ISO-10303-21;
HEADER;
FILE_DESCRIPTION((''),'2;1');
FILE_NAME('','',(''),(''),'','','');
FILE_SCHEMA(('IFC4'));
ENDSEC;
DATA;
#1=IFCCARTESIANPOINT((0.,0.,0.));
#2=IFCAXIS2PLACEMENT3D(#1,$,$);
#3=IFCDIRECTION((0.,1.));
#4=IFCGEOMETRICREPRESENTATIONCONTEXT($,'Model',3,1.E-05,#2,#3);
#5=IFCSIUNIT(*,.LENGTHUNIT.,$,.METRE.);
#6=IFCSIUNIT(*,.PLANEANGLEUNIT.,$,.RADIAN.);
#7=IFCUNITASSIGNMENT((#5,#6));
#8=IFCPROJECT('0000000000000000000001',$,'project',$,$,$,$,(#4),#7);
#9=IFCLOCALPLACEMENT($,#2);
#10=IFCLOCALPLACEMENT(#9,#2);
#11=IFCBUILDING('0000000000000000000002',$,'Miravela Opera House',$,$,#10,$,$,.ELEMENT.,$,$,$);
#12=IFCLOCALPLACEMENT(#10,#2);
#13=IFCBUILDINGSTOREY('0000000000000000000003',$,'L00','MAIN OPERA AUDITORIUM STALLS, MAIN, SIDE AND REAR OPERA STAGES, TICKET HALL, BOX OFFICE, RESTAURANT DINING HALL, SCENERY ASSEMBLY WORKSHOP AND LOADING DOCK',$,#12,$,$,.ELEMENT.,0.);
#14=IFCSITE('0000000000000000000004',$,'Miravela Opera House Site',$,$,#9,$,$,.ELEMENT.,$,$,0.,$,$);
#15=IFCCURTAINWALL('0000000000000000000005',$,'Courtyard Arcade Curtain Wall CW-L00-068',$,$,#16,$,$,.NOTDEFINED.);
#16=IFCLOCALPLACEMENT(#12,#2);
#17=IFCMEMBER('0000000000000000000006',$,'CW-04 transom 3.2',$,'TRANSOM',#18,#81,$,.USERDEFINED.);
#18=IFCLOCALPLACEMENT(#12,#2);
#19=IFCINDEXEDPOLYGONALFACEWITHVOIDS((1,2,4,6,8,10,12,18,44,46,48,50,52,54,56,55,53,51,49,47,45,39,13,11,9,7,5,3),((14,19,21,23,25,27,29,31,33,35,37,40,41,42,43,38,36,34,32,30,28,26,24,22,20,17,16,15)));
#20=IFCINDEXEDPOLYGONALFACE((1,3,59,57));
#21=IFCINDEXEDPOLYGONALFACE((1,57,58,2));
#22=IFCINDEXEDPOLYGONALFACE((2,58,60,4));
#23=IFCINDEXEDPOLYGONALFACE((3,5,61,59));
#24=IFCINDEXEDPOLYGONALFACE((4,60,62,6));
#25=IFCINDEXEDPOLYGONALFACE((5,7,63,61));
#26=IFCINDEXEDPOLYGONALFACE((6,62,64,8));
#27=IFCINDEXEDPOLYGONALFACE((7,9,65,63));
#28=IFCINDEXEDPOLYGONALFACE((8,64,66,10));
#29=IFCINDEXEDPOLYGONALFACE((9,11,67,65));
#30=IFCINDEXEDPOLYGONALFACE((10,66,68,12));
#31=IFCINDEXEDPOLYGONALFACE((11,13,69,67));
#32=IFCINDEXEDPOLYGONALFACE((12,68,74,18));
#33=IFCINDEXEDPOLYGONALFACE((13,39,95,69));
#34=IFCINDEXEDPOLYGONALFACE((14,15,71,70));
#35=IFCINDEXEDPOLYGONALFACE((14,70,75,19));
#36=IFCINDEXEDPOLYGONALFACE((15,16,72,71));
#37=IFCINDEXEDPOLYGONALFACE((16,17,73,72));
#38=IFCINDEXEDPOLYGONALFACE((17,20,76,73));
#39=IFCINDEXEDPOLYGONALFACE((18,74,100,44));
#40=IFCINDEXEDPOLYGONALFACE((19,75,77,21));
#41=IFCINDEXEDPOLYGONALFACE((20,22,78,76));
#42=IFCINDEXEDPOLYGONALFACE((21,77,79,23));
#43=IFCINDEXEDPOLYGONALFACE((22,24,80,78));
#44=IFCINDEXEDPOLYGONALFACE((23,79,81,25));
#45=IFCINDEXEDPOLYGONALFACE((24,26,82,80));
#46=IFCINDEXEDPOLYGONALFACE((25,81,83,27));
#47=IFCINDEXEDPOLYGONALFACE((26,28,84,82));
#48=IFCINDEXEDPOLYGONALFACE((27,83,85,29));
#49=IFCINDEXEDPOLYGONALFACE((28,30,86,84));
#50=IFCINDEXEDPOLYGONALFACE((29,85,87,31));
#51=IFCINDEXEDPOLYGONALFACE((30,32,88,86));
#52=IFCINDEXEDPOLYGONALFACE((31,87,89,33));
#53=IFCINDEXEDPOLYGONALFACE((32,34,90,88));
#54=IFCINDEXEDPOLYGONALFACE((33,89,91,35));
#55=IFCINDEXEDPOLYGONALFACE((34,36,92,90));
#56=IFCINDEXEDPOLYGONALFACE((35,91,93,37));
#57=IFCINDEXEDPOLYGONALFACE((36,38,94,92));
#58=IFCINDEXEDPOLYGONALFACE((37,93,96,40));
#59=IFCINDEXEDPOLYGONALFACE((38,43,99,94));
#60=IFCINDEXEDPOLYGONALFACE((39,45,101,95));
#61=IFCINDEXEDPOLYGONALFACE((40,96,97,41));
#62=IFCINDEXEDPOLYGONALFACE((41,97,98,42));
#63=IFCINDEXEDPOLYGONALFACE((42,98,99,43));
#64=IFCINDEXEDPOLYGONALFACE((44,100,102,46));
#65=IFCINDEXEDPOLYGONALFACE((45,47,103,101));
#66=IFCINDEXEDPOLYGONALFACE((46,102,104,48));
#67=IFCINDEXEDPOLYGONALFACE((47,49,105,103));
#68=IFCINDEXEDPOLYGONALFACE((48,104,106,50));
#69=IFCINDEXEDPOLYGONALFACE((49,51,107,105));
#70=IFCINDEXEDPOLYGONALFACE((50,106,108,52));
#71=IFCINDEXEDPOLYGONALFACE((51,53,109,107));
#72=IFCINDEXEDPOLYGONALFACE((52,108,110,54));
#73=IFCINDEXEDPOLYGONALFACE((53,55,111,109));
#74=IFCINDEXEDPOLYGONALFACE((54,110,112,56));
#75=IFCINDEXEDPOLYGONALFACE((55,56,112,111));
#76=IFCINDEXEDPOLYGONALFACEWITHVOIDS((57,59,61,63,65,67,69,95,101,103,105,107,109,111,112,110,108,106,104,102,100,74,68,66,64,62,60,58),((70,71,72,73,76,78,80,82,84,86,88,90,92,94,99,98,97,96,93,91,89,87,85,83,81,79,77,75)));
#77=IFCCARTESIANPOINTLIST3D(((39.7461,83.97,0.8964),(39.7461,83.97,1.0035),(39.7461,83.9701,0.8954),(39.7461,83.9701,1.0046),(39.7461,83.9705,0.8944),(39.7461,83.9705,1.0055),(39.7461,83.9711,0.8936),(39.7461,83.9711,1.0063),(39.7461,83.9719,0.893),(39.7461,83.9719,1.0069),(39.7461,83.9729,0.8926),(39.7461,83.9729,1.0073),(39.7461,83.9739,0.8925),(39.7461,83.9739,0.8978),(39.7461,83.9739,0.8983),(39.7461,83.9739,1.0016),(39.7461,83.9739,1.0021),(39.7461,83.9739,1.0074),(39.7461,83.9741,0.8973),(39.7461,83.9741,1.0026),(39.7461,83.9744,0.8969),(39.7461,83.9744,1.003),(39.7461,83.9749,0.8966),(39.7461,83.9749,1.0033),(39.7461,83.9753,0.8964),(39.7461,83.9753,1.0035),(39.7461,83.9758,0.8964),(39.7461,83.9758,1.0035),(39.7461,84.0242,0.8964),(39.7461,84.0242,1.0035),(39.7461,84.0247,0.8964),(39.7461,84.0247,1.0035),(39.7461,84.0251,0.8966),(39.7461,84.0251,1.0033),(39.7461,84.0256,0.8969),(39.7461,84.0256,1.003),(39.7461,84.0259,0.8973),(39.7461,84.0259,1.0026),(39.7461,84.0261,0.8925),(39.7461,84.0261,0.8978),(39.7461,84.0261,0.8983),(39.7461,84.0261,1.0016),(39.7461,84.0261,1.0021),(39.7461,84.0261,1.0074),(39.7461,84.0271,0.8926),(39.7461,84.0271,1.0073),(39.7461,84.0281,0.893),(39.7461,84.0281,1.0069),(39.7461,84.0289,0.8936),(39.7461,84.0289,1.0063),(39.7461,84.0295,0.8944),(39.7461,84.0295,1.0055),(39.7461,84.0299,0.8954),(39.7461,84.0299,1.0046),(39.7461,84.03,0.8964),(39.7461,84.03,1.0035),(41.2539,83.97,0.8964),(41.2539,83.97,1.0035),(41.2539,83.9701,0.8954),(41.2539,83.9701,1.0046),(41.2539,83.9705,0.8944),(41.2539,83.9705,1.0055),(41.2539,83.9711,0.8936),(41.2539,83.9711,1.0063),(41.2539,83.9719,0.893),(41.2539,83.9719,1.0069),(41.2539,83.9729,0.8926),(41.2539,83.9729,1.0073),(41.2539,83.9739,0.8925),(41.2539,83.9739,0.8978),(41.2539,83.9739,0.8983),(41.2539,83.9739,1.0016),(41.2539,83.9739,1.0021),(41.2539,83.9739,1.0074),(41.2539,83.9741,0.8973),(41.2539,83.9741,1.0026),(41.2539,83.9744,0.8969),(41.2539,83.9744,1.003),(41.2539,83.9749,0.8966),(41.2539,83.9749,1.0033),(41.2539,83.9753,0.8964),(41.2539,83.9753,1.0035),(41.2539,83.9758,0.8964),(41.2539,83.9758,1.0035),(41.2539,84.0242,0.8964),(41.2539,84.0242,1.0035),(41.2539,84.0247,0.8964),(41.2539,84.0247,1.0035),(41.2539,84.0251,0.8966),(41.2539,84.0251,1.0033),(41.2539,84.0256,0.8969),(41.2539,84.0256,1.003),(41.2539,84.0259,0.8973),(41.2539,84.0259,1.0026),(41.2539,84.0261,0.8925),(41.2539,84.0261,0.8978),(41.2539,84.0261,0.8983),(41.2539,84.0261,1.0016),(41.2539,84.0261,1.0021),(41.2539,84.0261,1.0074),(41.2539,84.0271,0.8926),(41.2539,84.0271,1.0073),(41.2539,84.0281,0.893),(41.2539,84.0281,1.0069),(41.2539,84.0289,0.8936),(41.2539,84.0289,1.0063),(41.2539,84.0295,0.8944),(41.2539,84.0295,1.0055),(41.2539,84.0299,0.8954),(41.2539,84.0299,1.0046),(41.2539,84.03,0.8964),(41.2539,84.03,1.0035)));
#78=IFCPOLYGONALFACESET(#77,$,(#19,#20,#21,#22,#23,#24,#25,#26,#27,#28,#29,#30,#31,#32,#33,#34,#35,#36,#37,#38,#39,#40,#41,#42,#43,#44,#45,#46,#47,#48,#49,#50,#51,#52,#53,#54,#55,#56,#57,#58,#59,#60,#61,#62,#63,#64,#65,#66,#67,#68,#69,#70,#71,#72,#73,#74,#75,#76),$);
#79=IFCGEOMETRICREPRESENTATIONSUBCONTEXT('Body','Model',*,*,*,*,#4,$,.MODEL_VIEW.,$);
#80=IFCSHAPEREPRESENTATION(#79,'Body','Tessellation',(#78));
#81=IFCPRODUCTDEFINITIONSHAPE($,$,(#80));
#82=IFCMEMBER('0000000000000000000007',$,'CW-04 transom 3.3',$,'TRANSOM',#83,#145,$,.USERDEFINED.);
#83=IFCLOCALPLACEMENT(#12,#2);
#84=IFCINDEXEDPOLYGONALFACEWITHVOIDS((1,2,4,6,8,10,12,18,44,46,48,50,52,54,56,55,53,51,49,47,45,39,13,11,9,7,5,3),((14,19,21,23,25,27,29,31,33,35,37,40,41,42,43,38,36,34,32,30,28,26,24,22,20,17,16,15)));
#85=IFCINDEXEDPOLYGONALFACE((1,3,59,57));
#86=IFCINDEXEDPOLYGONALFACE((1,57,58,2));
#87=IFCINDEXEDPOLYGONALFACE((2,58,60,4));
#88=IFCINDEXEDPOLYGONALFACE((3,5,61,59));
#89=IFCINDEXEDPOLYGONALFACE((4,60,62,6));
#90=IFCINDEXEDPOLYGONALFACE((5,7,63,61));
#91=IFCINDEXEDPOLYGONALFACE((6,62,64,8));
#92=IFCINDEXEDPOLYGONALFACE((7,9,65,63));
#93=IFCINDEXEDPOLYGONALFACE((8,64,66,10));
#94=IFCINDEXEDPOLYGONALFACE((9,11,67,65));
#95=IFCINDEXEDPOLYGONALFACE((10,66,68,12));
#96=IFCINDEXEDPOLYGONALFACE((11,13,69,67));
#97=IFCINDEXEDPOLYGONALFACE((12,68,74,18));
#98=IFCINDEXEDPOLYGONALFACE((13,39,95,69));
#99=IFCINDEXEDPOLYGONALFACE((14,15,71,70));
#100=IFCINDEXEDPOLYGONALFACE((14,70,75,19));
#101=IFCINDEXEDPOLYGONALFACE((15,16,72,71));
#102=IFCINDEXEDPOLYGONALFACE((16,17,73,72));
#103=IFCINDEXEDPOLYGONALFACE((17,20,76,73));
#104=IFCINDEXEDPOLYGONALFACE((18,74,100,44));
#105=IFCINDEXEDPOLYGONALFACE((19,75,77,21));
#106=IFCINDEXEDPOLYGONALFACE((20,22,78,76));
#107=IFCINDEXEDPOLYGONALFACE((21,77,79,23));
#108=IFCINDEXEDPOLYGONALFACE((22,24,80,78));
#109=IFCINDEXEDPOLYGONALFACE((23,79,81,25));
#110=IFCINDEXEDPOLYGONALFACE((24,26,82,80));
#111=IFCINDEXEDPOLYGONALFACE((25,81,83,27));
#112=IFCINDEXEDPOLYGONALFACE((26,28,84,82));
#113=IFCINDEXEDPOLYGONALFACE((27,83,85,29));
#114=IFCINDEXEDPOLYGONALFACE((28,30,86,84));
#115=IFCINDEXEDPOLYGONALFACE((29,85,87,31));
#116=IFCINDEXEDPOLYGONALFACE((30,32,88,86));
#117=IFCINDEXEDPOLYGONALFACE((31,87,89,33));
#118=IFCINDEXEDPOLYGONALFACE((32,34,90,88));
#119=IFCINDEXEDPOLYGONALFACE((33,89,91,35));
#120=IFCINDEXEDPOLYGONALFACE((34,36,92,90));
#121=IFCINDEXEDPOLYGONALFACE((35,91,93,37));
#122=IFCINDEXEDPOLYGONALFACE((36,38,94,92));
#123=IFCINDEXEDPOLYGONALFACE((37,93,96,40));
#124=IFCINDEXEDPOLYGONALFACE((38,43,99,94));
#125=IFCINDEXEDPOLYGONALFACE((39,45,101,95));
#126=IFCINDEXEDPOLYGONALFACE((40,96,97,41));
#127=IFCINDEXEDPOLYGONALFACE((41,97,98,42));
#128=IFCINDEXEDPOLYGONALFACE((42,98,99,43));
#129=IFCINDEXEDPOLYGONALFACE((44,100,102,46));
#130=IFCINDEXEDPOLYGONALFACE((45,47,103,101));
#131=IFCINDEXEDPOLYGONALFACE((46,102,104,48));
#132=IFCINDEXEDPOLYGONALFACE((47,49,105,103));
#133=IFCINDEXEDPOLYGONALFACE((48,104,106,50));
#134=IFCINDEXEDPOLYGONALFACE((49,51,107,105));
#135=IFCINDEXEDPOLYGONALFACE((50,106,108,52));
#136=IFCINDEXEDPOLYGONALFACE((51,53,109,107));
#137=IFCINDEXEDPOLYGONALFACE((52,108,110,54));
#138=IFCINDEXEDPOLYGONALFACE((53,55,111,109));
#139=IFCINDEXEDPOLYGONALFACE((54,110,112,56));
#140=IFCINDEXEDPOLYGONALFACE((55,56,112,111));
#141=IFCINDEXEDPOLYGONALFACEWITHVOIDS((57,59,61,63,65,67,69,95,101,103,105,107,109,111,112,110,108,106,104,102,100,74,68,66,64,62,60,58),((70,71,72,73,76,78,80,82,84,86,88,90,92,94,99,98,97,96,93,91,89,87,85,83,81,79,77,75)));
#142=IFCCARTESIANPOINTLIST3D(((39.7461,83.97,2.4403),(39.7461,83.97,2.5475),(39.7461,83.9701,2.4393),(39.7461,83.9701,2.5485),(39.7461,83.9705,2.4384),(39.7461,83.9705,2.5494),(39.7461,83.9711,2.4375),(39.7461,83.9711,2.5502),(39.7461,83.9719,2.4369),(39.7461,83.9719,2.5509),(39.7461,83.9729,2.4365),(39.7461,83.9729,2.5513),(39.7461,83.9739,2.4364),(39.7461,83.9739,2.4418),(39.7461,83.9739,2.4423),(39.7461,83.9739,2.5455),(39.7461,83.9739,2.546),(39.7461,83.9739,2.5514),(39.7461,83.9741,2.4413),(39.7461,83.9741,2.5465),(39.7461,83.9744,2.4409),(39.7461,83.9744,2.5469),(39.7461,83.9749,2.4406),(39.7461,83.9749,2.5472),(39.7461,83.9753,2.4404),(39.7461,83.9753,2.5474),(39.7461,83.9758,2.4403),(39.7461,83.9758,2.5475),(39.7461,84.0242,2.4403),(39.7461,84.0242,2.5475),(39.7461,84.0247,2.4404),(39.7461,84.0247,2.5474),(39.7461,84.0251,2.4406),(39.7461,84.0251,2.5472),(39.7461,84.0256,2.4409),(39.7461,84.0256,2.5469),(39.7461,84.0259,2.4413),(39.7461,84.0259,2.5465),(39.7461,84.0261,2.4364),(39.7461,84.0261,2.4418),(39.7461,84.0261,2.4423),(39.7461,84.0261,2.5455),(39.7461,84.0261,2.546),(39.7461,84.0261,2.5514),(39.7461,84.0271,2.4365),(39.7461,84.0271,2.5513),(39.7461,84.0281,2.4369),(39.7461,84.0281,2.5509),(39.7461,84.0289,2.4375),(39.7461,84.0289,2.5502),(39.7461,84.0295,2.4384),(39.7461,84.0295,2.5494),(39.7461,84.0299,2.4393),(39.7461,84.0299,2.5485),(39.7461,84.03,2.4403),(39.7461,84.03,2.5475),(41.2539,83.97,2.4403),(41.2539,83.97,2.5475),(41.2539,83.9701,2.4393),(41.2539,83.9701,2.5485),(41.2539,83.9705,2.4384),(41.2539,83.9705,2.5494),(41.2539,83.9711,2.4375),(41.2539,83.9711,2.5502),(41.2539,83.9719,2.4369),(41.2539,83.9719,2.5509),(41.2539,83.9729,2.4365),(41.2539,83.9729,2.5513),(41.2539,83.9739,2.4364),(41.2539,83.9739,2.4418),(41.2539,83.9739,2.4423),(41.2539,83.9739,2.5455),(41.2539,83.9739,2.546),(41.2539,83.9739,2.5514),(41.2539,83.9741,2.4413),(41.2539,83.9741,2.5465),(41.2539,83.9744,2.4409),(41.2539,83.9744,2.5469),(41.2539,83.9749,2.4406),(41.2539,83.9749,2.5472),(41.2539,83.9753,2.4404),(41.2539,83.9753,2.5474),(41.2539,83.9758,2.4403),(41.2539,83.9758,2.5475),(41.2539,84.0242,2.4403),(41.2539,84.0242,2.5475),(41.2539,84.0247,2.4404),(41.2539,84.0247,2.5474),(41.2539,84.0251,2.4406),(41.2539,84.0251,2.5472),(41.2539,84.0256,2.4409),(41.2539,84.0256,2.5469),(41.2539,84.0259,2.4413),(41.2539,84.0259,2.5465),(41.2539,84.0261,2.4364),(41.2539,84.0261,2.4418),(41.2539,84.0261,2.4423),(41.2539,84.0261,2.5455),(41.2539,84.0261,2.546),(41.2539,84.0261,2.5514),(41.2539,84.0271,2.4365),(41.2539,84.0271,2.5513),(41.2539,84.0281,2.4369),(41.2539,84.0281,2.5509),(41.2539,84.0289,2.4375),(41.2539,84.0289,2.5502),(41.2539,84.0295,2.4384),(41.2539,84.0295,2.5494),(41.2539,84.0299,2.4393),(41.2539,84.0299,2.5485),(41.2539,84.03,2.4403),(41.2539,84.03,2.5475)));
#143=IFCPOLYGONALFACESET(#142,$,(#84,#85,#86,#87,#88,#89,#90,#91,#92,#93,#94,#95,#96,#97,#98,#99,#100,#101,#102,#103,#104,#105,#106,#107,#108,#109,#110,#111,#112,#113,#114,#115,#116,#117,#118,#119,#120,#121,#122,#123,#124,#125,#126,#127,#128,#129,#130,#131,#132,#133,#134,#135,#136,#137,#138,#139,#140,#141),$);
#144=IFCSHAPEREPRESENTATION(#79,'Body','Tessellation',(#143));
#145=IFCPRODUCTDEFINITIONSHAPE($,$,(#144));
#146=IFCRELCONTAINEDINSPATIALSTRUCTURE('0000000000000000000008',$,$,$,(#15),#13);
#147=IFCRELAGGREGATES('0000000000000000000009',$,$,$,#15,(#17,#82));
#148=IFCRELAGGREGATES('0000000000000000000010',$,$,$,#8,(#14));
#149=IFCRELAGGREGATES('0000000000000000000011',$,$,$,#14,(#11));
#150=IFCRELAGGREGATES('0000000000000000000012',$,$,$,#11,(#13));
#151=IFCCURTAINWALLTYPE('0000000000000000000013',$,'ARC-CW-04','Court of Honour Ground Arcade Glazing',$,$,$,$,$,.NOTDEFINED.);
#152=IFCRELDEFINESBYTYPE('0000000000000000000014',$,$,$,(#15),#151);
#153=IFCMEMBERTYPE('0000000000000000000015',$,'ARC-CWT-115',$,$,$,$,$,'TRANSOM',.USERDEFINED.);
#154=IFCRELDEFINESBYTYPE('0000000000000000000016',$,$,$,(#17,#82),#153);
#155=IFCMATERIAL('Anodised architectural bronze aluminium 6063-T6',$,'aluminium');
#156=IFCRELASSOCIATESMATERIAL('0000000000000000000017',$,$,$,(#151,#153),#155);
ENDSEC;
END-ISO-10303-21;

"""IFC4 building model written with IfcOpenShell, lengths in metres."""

from ifc_helpers import new_model, si_unit, direction, frame, origin, origin_2d, place, context, subcontext, project, spatial, hollow_rectangle, extrude, material, material_profile, profile_set, type_object, element, aggregate, save


model = new_model("IFC4")

# Units and contexts
model_context = context("Model", 3, precision=1e-05, world=origin(), true_north=direction((0.0, 1.0)))
body_context = subcontext(model_context, "Body", "Model", "MODEL_VIEW")
ifc_project = project(units=[si_unit("LENGTHUNIT", "METRE"), si_unit("PLANEANGLEUNIT", "RADIAN")], contexts=[model_context])

# Site, building, storey
site_placement = place(None, origin())
site = spatial("IfcSite", under=ifc_project, at=site_placement, Name="Miravela Opera House Site", CompositionType="ELEMENT", RefElevation=0.0)
building_placement = place(site_placement, origin())
building = spatial("IfcBuilding", under=site, at=building_placement, Name="Miravela Opera House", CompositionType="ELEMENT")
storey_placement = place(building_placement, origin())
storey = spatial("IfcBuildingStorey", under=building, at=storey_placement, Name="L00", Description="MAIN OPERA AUDITORIUM STALLS, MAIN, SIDE AND REAR OPERA STAGES, TICKET HALL, BOX OFFICE, RESTAURANT DINING HALL, SCENERY ASSEMBLY WORKSHOP AND LOADING DOCK", CompositionType="ELEMENT", Elevation=0.0)

# Curtain wall, members
ifc_material_1 = material(Name="Anodised architectural bronze aluminium 6063-T6", Category="aluminium")
curtain_wall_type = type_object("IfcCurtainWallType", Name="ARC-CW-04", Description="Court of Honour Ground Arcade Glazing", PredefinedType="NOTDEFINED", material=ifc_material_1)
curtain_wall_placement = place(storey_placement, origin())
curtain_wall = element("IfcCurtainWall", 1, at=curtain_wall_placement, inside=storey, type_object=curtain_wall_type, Name="Courtyard Arcade Curtain Wall CW-L00-068", PredefinedType="NOTDEFINED")
ifc_material_profile_1 = material_profile(ifc_material_1, hollow_rectangle(XDim=0.0601, YDim=0.115, WallThickness=0.0039, InnerFilletRadius=0.002, OuterFilletRadius=0.0039, at=origin_2d()), Name="CWT-60X115")
ifc_profile_set_1 = profile_set([ifc_material_profile_1])
member_type_1 = type_object("IfcMemberType", Name="ARC-CWT-115", ElementType="TRANSOM", PredefinedType="USERDEFINED", material=ifc_profile_set_1)
member_1_placement = place(storey_placement, frame((39.7461, 84.0, 0.95), z_axis=(1.0, 0.0, 0.0), x_axis=(0.0, 1.0, 0.0)))
member_1 = element("IfcMember", 2, at=member_1_placement, type_object=member_type_1, Name="CW-04 transom 3.2", ObjectType="TRANSOM", PredefinedType="USERDEFINED", context=body_context, shape_type="SweptSolid", body=[
    extrude(hollow_rectangle(XDim=0.0601, YDim=0.115, WallThickness=0.0039, InnerFilletRadius=0.002, OuterFilletRadius=0.0039, at=origin_2d()), origin(), (0.0, 0.0, 1.0), 1.5078),
])
member_2_placement = place(storey_placement, frame((39.7461, 84.0, 2.4939), z_axis=(1.0, 0.0, 0.0), x_axis=(0.0, 1.0, 0.0)))
member_2 = element("IfcMember", 3, at=member_2_placement, type_object=member_type_1, Name="CW-04 transom 3.3", ObjectType="TRANSOM", PredefinedType="USERDEFINED", context=body_context, shape_type="SweptSolid", body=[
    extrude(hollow_rectangle(XDim=0.0601, YDim=0.115, WallThickness=0.0039, InnerFilletRadius=0.002, OuterFilletRadius=0.0039, at=origin_2d()), origin(), (0.0, 0.0, 1.0), 1.5078),
])
aggregate(curtain_wall, [member_1, member_2])

save(model, "model.ifc")
